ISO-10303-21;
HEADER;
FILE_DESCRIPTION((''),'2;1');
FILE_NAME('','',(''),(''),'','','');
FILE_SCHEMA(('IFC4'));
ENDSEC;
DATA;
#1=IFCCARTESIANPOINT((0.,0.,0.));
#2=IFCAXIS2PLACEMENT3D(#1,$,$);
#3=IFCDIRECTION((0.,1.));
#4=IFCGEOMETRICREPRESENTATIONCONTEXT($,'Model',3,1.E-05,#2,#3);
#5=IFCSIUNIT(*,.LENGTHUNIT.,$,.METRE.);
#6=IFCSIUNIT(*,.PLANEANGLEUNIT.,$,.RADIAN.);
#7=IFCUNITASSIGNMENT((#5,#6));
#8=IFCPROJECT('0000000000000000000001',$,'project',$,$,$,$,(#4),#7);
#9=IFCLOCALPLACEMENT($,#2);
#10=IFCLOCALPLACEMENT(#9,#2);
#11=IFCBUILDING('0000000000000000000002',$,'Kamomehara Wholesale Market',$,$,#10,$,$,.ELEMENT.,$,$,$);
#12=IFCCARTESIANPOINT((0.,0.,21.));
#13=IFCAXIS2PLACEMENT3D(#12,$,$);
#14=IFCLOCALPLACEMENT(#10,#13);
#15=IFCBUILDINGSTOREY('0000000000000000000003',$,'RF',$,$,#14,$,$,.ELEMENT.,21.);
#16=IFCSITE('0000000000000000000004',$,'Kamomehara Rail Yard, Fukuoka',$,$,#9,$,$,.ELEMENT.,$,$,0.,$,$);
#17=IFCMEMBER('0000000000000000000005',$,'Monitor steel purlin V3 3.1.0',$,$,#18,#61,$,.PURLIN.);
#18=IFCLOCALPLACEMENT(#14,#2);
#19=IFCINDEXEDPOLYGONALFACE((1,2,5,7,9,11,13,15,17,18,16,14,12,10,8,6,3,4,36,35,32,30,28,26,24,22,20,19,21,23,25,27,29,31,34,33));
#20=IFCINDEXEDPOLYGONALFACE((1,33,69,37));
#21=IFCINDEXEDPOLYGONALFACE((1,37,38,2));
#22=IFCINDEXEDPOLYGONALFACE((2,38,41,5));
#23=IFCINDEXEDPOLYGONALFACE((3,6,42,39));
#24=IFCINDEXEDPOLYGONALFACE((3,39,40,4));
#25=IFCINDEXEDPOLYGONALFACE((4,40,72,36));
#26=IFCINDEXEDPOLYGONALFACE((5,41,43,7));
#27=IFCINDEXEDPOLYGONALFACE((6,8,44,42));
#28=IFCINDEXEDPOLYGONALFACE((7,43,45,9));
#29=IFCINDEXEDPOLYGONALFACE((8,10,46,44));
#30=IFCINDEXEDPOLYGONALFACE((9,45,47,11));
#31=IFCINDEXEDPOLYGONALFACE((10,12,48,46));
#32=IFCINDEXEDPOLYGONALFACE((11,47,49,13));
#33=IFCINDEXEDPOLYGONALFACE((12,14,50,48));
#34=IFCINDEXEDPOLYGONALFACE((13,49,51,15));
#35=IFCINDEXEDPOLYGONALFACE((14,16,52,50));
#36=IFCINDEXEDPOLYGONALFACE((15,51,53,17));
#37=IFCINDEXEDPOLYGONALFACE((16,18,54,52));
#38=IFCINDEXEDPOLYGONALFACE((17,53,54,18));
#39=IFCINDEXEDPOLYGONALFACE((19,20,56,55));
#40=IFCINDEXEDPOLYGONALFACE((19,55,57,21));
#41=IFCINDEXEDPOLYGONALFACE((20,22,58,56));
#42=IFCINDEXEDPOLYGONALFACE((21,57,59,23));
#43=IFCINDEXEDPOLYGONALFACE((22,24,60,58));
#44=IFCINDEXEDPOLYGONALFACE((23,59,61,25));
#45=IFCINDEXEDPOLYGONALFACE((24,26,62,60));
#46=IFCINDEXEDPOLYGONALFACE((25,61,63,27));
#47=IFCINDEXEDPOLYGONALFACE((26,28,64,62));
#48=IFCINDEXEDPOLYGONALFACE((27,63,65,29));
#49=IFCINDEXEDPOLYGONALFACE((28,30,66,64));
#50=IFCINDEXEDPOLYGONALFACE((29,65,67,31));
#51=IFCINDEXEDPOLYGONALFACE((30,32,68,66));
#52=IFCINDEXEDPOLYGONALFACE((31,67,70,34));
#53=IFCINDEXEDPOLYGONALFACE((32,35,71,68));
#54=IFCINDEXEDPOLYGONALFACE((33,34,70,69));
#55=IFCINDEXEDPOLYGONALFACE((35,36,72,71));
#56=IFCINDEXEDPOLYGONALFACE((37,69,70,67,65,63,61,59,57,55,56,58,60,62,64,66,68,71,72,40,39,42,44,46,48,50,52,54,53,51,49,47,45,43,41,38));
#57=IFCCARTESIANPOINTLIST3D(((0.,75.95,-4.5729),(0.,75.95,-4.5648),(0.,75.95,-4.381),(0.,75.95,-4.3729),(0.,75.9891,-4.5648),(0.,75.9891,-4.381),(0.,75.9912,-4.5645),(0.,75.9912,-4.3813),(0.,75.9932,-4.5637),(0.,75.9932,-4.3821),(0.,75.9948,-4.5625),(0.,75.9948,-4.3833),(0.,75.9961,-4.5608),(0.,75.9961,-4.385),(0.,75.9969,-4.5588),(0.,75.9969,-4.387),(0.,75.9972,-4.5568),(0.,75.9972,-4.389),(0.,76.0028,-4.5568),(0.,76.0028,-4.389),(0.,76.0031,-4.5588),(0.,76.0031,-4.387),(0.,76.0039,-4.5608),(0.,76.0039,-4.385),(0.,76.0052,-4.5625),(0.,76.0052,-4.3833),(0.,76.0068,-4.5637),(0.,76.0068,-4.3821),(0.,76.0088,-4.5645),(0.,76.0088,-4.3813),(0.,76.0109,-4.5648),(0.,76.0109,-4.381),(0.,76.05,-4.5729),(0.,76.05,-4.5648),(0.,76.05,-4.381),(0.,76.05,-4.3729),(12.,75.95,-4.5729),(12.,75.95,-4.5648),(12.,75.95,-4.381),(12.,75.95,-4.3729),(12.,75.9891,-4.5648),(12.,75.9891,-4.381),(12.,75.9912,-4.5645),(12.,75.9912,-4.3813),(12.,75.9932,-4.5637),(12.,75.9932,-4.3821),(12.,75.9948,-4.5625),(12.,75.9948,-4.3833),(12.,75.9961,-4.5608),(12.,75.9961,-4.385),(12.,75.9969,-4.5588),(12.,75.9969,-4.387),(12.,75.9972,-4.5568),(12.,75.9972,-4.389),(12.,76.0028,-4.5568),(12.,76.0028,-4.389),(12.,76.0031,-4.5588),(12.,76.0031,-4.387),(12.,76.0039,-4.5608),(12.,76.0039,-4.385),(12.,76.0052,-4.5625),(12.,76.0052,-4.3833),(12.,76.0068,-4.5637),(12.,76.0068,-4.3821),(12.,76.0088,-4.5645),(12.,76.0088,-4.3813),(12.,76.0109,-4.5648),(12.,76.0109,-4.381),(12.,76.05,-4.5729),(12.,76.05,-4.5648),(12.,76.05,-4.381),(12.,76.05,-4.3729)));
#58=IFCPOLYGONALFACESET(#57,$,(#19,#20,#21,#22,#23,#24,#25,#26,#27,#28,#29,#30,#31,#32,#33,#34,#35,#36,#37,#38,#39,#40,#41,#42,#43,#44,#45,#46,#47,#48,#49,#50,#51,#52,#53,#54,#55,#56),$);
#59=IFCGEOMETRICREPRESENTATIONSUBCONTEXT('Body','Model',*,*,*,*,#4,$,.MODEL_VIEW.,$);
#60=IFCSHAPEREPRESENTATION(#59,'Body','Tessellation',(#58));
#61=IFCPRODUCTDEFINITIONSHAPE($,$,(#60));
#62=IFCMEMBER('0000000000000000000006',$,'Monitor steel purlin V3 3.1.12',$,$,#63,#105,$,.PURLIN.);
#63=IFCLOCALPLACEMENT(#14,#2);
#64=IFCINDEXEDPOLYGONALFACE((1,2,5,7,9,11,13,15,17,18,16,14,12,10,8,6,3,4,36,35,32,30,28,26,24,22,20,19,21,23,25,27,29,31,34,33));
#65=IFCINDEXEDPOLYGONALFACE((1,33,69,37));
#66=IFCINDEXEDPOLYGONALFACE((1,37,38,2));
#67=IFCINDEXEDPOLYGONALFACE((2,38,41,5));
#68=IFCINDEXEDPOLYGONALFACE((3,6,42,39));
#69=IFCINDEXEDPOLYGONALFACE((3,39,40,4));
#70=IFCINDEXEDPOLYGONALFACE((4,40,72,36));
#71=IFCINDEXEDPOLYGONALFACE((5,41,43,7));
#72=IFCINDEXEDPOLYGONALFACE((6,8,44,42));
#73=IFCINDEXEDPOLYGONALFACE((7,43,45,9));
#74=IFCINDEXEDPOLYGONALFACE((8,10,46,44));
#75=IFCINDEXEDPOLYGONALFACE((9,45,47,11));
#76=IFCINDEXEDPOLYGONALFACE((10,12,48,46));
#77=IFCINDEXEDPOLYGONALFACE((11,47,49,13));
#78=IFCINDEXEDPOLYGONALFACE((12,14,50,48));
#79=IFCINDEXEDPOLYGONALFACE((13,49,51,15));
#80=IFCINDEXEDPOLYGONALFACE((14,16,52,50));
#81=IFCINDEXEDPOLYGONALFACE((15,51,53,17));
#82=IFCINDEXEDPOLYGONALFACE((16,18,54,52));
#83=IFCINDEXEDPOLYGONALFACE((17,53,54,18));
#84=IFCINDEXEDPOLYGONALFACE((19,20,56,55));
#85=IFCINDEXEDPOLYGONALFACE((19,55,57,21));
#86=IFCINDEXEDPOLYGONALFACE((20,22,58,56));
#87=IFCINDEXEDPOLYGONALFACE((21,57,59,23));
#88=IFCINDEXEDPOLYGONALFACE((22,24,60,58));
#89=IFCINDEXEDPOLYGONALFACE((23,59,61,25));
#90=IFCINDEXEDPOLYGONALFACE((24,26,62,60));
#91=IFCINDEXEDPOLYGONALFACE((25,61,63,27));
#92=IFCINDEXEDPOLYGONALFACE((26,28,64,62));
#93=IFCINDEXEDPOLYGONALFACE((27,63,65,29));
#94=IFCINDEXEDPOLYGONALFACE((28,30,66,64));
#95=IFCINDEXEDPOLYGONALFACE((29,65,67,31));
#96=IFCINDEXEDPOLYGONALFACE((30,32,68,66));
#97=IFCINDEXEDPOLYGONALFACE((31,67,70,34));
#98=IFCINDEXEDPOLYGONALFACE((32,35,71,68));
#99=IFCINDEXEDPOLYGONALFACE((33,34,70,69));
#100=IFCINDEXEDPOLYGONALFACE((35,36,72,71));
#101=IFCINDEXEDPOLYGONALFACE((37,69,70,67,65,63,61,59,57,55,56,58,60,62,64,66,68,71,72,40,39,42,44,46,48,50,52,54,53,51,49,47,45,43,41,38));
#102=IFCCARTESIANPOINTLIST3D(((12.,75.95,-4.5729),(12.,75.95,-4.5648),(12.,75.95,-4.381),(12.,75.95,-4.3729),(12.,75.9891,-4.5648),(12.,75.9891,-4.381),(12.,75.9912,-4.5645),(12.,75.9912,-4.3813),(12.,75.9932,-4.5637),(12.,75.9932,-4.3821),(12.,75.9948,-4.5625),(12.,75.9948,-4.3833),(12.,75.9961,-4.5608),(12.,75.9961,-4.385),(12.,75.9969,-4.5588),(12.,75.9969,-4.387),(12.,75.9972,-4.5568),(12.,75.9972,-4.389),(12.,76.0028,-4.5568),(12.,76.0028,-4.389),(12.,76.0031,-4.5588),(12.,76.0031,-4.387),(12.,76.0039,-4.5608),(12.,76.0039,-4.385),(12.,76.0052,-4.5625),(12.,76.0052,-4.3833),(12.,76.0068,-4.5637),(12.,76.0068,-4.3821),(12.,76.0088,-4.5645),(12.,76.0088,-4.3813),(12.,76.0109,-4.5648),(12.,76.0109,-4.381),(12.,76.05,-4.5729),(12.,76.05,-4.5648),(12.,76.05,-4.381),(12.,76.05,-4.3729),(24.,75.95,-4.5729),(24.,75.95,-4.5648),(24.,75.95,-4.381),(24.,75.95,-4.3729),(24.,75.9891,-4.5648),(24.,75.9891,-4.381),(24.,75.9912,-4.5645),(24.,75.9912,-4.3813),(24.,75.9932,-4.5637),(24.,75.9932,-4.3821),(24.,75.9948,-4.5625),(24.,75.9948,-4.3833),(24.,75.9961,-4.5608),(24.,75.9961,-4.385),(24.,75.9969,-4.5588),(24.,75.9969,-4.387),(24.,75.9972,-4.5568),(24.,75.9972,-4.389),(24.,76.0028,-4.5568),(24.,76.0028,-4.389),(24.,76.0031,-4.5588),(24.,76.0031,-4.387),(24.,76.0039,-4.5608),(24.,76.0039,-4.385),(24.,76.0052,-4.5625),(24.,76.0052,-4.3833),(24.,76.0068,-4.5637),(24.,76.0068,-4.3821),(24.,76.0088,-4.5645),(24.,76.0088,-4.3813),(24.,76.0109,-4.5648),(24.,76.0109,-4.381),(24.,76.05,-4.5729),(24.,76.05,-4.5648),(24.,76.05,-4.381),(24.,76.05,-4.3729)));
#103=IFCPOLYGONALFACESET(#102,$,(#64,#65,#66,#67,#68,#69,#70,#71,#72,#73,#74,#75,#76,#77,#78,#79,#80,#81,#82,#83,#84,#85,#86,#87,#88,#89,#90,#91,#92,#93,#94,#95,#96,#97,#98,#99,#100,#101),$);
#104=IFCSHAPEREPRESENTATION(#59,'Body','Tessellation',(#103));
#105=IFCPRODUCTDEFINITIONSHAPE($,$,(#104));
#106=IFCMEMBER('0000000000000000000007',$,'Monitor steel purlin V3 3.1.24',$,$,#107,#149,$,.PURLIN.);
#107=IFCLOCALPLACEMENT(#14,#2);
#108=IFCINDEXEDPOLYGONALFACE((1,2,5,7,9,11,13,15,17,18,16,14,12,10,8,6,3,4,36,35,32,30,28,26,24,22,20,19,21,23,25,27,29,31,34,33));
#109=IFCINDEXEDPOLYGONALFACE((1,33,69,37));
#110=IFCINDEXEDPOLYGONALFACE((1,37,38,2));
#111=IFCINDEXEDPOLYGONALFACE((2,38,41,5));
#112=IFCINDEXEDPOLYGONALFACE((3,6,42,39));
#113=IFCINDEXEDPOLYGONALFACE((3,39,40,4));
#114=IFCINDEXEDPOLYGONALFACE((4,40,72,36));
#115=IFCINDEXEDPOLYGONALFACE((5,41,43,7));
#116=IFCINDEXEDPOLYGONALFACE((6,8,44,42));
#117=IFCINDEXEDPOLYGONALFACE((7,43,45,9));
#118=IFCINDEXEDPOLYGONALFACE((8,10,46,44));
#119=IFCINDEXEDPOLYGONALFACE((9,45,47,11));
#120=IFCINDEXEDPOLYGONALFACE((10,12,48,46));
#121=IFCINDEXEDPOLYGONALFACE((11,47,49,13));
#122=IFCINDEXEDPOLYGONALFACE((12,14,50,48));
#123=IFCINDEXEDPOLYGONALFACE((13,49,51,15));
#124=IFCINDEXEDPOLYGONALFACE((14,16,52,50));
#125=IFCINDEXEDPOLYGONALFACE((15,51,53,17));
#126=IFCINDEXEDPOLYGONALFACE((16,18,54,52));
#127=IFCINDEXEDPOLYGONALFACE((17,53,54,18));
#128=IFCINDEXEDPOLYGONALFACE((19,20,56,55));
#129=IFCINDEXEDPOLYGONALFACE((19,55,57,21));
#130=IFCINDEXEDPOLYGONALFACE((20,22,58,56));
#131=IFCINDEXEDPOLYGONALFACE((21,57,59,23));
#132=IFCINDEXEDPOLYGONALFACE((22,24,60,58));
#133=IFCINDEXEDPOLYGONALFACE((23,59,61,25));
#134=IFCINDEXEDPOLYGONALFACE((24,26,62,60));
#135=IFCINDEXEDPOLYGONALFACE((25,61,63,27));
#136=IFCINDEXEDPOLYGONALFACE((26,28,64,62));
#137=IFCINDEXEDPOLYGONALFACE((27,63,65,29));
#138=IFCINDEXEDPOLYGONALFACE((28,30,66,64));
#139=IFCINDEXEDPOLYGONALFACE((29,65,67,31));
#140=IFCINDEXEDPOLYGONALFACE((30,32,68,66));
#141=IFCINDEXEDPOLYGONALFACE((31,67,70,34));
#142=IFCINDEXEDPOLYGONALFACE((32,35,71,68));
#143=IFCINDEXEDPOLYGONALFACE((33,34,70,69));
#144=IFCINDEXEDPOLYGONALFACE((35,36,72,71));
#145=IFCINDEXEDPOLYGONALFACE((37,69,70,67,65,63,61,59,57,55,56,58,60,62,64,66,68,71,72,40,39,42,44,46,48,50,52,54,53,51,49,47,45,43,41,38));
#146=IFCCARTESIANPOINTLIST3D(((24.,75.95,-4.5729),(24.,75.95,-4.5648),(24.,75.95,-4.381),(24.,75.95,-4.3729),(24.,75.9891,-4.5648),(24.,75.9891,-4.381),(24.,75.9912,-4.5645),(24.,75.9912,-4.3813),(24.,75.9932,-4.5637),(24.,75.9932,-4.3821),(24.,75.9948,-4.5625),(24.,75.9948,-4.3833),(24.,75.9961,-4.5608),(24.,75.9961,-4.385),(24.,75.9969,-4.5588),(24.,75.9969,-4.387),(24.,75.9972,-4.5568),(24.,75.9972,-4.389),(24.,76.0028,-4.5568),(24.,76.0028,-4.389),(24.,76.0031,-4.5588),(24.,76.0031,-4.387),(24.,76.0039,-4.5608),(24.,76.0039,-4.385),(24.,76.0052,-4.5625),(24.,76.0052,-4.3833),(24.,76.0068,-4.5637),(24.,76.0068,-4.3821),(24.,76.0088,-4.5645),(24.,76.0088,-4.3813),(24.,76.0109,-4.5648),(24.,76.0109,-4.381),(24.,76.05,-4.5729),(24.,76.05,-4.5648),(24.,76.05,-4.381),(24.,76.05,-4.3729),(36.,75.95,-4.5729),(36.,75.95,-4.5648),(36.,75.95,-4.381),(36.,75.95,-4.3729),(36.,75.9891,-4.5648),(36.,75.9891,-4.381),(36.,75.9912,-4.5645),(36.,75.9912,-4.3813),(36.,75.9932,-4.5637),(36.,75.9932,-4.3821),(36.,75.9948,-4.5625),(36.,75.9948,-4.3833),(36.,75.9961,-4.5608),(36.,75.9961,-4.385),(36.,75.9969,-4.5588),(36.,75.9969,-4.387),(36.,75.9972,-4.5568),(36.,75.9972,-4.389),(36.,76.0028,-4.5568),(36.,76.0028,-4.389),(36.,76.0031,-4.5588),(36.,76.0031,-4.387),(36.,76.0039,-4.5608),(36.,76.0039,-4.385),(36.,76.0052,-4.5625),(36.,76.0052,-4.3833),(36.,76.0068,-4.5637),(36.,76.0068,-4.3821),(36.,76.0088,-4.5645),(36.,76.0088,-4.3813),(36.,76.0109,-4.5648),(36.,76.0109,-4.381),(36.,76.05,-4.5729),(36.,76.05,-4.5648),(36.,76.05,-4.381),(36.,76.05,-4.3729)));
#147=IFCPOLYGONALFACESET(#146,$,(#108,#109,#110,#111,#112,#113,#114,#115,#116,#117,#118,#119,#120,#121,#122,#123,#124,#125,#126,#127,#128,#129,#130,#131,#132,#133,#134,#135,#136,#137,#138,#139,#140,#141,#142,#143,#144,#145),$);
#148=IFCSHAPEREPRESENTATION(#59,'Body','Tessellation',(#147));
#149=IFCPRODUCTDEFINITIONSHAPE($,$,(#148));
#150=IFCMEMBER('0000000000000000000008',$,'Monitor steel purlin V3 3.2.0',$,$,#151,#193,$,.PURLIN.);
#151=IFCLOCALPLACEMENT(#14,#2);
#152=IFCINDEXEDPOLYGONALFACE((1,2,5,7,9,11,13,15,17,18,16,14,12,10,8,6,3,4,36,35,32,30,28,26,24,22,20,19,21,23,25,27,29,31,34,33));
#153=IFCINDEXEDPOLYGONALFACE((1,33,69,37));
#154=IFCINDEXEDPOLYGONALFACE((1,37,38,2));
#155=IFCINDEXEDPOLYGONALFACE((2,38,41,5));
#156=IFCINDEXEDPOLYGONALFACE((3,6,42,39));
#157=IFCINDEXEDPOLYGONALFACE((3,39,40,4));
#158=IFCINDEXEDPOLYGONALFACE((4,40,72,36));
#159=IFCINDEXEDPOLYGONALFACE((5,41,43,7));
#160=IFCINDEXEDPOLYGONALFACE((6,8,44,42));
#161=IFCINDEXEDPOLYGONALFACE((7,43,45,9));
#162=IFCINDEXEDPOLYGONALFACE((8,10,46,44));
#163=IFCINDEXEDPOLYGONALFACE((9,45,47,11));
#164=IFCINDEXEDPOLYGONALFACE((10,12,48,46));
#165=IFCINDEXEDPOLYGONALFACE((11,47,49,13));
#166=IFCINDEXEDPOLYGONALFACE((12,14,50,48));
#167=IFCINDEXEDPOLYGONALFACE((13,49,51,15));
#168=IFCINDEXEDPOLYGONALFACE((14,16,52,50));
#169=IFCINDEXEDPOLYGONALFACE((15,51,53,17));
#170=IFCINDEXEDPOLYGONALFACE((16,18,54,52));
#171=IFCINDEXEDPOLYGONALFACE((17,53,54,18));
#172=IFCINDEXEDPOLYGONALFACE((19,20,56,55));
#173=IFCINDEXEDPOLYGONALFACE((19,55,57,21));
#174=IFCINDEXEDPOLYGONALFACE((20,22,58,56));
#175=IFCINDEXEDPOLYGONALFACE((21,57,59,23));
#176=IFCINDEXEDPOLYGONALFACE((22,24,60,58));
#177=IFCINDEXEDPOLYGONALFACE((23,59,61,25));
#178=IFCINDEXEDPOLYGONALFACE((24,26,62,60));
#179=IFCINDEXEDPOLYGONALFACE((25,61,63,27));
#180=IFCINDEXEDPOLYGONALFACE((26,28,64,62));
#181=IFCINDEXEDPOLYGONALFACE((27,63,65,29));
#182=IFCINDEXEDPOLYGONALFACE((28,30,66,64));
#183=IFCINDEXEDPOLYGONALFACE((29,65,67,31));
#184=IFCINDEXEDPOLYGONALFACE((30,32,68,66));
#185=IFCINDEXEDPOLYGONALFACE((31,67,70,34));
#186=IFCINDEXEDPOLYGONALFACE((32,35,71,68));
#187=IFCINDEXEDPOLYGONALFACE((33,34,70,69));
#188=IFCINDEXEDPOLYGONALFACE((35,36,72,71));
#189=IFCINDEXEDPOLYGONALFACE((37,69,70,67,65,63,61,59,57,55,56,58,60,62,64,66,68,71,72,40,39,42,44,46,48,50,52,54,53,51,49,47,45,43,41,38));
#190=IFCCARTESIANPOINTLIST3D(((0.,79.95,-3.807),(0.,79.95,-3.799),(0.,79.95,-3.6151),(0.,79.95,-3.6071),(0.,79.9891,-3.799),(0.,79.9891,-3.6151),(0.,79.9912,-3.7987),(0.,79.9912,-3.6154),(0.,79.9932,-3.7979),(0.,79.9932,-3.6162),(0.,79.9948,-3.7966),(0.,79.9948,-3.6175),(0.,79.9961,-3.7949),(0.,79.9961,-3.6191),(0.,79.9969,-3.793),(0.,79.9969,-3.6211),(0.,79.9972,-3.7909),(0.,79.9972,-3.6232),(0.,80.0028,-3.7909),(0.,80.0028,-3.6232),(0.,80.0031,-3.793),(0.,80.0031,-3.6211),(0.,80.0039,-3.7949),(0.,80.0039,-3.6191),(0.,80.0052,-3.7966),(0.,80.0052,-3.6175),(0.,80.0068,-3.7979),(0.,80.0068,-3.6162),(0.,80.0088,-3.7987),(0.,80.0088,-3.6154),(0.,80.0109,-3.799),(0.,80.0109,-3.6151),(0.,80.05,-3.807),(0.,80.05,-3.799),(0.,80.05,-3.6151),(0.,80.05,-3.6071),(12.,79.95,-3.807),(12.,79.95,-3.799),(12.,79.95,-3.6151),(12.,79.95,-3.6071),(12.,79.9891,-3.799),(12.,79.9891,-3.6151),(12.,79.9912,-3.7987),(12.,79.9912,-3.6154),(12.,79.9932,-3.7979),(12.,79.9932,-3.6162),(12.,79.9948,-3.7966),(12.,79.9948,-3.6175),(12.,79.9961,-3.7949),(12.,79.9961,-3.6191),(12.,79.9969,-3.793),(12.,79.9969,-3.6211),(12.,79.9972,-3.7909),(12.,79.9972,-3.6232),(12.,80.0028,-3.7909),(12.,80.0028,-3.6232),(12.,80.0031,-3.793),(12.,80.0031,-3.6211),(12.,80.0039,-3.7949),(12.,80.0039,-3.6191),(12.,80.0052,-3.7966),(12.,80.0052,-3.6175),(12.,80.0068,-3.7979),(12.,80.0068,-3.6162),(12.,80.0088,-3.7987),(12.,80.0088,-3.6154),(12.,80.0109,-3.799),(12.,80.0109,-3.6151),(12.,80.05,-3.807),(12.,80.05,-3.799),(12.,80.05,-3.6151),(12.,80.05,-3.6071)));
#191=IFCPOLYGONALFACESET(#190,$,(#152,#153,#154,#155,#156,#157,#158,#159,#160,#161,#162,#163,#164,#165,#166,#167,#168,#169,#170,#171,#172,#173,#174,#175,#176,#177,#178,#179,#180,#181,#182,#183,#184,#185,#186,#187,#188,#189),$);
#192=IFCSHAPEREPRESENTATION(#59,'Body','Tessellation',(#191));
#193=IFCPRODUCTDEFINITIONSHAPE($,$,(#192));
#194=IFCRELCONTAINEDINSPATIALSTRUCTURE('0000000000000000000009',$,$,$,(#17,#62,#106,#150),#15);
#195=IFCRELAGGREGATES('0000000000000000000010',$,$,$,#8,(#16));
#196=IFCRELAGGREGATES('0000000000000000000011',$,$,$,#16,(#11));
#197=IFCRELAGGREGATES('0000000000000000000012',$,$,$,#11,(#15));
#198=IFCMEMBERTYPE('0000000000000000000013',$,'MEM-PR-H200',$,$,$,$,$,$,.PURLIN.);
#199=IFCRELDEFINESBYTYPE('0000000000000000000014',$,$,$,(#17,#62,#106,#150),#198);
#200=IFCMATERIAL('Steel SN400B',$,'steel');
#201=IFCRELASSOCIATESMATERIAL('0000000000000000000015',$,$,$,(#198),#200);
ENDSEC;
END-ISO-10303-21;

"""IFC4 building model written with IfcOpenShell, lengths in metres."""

from ifc_helpers import new_model, si_unit, direction, frame, origin, origin_2d, place, context, subcontext, project, spatial, i_section, extrude, material, material_profile, profile_set, type_object, element, save


model = new_model("IFC4")

# Units and contexts
model_context = context("Model", 3, precision=1e-05, world=origin(), true_north=direction((0.0, 1.0)))
body_context = subcontext(model_context, "Body", "Model", "MODEL_VIEW")
ifc_project = project(units=[si_unit("LENGTHUNIT", "METRE"), si_unit("PLANEANGLEUNIT", "RADIAN")], contexts=[model_context])

# Site, building, storey
site_placement = place(None, origin())
site = spatial("IfcSite", under=ifc_project, at=site_placement, Name="Kamomehara Rail Yard, Fukuoka", CompositionType="ELEMENT", RefElevation=0.0)
building_placement = place(site_placement, origin())
building = spatial("IfcBuilding", under=site, at=building_placement, Name="Kamomehara Wholesale Market", CompositionType="ELEMENT")
storey_placement = place(building_placement, frame((0.0, 0.0, 21.0)))
storey = spatial("IfcBuildingStorey", under=building, at=storey_placement, Name="RF", CompositionType="ELEMENT", Elevation=21.0)

# Members
ifc_material_1 = material(Name="Steel SN400B", Category="steel")
ifc_material_profile_1 = material_profile(ifc_material_1, i_section(OverallWidth=0.1001, OverallDepth=0.2, WebThickness=0.0056, FlangeThickness=0.0081, FilletRadius=0.0081, at=origin_2d()), Name="H-200x100x5.5x8")
ifc_profile_set_1 = profile_set([ifc_material_profile_1], Name="Steel SN400B")
member_type = type_object("IfcMemberType", Name="MEM-PR-H200", PredefinedType="PURLIN", material=ifc_profile_set_1)
for number, where, z_axis, x_axis, name in (
    (1, (0.0, 76.0, -4.4729), (1.0, 0.0, 0.0), (0.0, 1.0, 0.0), "Monitor steel purlin V3 3.1.0"),
    (2, (12.0, 76.0, -4.4729), (1.0, 0.0, 0.0), (0.0, 1.0, 0.0), "Monitor steel purlin V3 3.1.12"),
    (3, (24.0, 76.0, -4.4729), (1.0, 0.0, 0.0), (0.0, 1.0, 0.0), "Monitor steel purlin V3 3.1.24"),
    (4, (0.0, 80.0, -3.707), (1.0, 0.0, 0.0), (0.0, 1.0, 0.0), "Monitor steel purlin V3 3.2.0"),
):
    element("IfcMember", number, at=place(storey_placement, frame(where, z_axis=z_axis, x_axis=x_axis)), inside=storey, type_object=member_type, Name=name, PredefinedType="PURLIN", context=body_context, shape_type="SweptSolid", body=[
        extrude(i_section(OverallWidth=0.1001, OverallDepth=0.2, WebThickness=0.0056, FlangeThickness=0.0081, FilletRadius=0.0081, at=origin_2d()), origin(), (0.0, 0.0, 1.0), 12.0),
    ])

save(model, "model.ifc")
